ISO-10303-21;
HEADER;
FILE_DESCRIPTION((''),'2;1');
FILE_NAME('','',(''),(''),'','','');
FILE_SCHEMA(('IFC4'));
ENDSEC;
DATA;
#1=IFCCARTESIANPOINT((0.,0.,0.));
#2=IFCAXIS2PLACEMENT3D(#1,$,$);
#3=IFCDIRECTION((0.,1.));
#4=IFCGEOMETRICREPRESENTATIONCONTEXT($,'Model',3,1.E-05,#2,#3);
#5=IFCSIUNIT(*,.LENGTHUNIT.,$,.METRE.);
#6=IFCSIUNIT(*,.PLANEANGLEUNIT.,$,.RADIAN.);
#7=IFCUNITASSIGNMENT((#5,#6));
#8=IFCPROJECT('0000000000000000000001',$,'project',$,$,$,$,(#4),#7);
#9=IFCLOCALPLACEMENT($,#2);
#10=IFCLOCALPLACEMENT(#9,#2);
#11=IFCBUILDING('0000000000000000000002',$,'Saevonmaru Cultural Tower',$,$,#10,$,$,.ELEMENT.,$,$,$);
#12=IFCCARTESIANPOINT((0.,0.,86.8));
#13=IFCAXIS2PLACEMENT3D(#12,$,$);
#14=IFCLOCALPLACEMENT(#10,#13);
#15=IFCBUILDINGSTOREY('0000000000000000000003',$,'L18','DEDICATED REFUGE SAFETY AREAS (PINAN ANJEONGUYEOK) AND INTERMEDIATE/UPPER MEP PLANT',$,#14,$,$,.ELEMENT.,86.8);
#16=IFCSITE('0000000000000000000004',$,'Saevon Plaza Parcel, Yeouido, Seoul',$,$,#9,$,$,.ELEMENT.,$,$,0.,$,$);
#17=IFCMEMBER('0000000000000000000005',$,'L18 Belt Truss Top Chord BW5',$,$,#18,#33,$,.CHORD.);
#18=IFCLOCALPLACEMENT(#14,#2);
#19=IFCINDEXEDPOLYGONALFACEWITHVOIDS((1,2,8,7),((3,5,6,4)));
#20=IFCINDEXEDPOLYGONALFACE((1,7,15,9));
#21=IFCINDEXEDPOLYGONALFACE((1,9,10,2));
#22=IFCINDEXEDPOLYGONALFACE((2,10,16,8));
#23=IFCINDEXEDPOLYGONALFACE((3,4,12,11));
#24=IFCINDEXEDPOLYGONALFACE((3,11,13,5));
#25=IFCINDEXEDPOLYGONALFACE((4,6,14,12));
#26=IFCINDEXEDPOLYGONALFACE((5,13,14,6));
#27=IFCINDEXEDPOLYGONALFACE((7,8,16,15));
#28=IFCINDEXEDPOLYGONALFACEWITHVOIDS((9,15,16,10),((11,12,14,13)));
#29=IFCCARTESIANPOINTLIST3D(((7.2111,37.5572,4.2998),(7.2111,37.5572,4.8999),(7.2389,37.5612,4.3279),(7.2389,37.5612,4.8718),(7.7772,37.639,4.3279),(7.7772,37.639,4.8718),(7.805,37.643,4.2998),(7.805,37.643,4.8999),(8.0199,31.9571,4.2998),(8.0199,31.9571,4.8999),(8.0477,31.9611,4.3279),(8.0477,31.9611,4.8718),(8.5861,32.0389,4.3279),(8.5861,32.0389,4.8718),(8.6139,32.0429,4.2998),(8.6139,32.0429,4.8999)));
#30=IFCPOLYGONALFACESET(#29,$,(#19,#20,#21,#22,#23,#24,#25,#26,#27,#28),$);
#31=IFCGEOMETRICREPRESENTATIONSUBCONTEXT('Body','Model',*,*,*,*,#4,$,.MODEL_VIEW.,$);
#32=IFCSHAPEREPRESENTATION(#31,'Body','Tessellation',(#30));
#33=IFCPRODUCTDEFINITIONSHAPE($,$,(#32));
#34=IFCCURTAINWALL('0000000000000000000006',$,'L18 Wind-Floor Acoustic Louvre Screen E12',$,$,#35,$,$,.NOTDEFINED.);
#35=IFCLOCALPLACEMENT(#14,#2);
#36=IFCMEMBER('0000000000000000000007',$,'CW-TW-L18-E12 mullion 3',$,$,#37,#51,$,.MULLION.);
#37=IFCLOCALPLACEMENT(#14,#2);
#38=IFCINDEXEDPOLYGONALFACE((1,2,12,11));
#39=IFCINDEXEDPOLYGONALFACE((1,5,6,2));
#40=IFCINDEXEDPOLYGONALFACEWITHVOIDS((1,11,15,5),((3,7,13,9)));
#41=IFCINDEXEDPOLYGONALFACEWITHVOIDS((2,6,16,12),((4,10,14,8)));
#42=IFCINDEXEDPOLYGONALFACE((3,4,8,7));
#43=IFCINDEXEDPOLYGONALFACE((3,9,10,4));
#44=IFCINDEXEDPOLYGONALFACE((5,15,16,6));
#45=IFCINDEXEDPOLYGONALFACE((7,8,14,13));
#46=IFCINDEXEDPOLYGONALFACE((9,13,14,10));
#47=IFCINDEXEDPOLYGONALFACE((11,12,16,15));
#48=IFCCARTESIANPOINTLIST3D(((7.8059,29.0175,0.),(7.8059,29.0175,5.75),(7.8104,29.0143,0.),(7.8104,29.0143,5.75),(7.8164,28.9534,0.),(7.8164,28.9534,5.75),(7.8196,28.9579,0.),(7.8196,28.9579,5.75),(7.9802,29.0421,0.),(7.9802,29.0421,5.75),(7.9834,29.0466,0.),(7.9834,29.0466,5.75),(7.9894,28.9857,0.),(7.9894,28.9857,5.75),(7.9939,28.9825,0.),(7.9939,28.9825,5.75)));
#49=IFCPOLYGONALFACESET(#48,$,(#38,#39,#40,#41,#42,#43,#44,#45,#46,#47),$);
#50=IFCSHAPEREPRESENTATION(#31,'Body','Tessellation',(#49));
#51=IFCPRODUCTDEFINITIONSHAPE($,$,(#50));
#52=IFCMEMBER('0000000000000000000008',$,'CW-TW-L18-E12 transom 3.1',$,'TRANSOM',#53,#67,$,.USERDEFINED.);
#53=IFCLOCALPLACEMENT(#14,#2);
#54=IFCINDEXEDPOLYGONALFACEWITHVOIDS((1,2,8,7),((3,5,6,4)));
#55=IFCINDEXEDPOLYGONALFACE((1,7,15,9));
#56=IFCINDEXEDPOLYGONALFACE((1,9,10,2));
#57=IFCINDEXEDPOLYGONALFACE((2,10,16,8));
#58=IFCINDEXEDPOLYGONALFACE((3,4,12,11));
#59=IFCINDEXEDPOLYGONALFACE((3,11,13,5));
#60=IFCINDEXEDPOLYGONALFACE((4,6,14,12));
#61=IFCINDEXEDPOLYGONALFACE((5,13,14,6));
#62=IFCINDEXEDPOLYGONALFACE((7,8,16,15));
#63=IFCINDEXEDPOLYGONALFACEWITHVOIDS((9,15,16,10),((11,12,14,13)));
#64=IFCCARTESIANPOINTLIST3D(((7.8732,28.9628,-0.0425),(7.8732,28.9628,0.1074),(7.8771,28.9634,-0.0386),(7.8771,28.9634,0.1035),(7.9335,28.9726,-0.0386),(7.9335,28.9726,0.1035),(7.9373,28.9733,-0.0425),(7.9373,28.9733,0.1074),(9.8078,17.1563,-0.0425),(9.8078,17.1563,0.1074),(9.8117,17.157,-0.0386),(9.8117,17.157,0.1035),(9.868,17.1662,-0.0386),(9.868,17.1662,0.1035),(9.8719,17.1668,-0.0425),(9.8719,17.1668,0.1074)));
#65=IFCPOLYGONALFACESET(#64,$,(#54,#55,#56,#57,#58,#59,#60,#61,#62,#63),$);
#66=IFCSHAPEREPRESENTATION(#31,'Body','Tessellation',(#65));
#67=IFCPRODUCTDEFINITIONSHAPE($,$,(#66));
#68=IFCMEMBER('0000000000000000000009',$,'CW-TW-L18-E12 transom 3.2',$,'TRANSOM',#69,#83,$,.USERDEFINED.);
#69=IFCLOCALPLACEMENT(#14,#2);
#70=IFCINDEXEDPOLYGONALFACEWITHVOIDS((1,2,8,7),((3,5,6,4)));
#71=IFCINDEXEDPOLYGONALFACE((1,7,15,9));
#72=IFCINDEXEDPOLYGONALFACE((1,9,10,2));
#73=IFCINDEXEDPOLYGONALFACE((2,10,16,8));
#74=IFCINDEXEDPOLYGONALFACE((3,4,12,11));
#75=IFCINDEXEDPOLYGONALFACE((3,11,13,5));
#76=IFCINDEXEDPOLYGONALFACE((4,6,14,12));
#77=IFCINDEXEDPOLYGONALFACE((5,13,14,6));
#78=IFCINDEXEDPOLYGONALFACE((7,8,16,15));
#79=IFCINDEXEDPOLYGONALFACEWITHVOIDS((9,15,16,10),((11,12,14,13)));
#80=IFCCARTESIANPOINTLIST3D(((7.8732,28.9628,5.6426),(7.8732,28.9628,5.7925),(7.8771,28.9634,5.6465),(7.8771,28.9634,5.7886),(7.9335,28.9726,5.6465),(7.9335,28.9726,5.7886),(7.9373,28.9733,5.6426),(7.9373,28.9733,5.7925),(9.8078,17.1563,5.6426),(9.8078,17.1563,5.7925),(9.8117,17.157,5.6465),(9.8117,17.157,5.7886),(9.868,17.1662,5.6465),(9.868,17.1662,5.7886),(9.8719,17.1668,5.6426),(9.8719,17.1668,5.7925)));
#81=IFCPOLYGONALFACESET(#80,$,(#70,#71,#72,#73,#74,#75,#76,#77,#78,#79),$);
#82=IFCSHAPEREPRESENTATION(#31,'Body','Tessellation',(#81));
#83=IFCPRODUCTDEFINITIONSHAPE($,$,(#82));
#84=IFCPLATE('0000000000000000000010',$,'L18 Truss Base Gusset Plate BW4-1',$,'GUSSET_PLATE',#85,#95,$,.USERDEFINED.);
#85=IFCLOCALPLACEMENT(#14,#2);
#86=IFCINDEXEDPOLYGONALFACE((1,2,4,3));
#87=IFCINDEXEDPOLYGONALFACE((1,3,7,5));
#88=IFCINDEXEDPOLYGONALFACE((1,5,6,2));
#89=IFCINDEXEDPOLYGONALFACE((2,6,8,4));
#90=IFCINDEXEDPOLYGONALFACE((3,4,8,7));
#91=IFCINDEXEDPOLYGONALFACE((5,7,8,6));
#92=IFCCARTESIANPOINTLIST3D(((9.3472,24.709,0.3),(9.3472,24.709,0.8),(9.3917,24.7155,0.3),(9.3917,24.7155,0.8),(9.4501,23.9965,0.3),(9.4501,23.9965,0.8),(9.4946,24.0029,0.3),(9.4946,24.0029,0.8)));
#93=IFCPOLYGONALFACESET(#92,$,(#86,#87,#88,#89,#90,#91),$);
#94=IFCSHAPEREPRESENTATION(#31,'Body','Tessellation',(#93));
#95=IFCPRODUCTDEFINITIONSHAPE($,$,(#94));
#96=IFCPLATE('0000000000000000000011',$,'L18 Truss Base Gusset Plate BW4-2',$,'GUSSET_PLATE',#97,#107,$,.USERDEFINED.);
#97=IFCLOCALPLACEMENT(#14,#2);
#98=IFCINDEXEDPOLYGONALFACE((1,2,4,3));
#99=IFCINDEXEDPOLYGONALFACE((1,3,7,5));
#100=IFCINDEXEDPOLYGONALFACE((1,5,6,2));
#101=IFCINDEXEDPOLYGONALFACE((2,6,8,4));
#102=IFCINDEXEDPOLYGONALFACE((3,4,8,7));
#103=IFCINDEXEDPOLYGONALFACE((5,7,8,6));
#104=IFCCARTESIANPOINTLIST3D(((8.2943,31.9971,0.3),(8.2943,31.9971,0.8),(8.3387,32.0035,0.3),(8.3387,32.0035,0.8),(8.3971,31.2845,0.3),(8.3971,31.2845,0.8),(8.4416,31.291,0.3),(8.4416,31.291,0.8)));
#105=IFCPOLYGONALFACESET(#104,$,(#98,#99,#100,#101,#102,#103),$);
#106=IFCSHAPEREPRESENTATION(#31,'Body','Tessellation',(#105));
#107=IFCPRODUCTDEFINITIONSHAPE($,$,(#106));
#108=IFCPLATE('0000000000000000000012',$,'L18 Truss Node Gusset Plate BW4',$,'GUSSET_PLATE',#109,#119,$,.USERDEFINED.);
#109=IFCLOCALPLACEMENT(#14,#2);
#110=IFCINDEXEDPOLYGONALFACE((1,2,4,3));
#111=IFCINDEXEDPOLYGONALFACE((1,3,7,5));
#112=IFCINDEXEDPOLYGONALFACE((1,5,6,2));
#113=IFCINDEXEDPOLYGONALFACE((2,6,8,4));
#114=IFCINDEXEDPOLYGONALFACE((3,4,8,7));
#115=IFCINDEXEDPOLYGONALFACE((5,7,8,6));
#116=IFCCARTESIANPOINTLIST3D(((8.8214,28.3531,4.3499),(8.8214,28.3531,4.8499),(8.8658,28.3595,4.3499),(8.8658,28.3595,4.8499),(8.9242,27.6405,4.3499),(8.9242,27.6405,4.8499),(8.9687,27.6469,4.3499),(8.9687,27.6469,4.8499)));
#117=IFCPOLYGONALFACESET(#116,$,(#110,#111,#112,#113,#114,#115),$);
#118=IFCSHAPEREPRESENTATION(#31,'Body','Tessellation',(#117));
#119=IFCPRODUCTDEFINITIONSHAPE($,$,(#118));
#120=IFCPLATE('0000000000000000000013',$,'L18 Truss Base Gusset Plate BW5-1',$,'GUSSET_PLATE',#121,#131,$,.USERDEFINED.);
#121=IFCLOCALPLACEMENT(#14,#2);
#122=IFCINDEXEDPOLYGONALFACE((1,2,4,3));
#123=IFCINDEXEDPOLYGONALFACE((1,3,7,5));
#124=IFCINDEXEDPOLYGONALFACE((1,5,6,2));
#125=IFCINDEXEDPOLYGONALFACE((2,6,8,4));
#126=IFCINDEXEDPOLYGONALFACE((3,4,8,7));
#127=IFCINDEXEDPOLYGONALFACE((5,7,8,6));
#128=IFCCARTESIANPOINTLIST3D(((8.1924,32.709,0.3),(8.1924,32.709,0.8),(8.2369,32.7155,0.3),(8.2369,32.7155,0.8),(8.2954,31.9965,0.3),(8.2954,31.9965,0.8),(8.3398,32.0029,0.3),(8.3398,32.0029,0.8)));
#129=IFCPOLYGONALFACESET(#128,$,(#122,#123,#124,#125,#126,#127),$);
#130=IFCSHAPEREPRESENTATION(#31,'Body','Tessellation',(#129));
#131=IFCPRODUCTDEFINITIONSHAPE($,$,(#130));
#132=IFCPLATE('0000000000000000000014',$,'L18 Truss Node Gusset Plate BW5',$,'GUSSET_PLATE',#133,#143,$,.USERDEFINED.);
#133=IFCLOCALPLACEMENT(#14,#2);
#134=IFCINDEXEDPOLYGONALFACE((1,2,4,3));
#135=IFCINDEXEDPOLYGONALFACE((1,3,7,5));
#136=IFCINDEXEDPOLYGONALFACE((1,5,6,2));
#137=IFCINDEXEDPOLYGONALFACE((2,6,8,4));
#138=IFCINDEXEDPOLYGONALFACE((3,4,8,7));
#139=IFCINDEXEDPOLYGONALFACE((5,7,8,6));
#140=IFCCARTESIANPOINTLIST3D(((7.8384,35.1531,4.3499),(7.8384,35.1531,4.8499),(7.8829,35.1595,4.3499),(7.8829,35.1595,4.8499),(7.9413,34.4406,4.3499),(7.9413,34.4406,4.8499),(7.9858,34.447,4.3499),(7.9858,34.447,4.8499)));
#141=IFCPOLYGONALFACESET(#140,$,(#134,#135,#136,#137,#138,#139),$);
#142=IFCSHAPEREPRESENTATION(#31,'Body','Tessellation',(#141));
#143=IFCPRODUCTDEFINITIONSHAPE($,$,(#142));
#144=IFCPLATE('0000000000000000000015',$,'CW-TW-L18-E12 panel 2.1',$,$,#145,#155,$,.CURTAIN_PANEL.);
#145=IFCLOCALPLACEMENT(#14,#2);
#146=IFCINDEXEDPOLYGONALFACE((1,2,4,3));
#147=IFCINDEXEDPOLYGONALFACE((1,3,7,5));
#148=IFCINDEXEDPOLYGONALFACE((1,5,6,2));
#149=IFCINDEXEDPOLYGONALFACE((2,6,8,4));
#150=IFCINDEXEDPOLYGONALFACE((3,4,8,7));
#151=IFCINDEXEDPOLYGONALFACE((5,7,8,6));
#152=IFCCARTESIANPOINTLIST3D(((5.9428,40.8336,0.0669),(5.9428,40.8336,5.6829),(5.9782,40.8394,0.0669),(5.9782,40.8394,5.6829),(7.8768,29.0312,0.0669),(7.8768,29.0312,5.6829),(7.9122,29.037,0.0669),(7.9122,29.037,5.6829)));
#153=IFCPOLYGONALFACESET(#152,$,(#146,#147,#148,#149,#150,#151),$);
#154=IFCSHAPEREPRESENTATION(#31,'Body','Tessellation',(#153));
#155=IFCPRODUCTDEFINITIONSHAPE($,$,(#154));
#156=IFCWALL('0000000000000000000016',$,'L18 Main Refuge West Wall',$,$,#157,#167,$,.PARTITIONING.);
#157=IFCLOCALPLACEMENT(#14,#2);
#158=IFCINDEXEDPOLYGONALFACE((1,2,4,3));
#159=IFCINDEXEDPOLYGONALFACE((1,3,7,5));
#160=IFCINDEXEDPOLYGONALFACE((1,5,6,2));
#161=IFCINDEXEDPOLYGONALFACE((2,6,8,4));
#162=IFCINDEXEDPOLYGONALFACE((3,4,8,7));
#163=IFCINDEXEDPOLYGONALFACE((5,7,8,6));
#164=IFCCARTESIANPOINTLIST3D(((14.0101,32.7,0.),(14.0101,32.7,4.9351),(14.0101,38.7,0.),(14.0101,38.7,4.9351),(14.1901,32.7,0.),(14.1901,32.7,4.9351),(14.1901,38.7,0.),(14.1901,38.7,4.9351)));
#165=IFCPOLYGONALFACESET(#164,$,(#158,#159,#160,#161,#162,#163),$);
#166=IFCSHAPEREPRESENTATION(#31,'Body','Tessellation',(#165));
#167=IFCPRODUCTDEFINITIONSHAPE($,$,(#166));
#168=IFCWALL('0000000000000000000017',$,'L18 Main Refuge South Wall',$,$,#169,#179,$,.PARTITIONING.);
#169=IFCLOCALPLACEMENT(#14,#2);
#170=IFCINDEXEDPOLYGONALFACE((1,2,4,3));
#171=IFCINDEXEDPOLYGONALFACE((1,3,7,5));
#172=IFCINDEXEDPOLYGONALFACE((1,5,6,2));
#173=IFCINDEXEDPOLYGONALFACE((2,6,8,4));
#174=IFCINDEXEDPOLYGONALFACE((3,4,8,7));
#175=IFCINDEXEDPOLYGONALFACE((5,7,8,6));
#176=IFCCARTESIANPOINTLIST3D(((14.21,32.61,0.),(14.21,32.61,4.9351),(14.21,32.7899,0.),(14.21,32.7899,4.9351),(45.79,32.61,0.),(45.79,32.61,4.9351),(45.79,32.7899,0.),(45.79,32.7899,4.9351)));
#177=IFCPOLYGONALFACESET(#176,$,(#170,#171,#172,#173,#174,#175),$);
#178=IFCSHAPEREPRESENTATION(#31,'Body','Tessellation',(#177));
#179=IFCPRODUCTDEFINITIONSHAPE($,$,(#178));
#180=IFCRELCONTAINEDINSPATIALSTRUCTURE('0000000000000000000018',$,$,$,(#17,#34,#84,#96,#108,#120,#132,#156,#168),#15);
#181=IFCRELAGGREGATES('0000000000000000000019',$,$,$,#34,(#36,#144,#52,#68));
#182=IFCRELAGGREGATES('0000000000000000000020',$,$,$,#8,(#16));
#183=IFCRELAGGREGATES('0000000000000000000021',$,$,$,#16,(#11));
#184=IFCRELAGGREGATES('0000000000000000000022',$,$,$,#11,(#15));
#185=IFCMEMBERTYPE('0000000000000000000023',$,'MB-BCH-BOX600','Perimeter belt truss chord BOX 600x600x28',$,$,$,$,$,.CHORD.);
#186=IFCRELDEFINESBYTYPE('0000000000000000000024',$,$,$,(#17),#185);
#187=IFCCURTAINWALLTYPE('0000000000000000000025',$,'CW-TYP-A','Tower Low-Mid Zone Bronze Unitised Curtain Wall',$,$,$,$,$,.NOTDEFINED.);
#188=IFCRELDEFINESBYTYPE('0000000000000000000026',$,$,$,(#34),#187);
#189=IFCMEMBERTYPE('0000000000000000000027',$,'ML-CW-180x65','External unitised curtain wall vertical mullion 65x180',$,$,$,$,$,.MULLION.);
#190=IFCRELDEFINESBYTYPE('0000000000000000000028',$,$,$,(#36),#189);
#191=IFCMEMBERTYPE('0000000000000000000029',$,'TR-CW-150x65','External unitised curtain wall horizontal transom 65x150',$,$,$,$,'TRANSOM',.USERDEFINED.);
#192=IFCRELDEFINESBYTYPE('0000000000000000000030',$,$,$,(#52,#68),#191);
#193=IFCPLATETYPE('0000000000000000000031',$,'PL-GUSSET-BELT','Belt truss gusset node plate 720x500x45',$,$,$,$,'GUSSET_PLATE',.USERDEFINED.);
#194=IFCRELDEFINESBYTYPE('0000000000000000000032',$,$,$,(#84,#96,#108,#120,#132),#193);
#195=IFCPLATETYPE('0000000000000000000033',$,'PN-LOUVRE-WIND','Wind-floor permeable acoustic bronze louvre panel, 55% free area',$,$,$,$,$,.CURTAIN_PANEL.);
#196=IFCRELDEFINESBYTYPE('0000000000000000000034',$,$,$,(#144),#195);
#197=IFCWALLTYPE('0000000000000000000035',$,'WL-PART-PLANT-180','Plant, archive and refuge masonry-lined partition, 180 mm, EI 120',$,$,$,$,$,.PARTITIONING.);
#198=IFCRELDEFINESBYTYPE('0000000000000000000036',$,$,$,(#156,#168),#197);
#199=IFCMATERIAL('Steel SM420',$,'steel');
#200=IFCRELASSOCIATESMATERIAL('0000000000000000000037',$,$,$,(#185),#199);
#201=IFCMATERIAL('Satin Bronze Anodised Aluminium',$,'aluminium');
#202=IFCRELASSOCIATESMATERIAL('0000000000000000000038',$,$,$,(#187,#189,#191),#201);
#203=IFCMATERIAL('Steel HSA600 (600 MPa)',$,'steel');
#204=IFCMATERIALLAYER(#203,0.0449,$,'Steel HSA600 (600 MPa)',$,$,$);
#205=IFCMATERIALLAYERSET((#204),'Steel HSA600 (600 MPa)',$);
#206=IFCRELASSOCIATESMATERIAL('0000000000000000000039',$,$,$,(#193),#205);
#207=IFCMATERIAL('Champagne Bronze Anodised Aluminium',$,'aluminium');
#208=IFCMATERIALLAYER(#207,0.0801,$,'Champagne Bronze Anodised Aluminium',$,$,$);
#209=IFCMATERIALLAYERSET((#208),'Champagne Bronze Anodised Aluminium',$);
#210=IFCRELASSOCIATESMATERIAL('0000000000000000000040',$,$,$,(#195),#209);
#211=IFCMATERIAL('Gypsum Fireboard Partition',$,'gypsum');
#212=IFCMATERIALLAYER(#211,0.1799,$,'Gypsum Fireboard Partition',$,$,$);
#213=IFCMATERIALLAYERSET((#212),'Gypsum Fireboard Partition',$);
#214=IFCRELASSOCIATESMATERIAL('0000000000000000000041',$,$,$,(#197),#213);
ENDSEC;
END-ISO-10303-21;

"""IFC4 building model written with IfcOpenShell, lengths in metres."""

from ifc_helpers import new_model, si_unit, direction, frame, frame_2d, origin, origin_2d, place, context, subcontext, project, spatial, rectangle, hollow_rectangle, extrude, material, layer, layer_set, material_profile, profile_set, type_object, element, aggregate, save


model = new_model("IFC4")

# Units and contexts
model_context = context("Model", 3, precision=1e-05, world=origin(), true_north=direction((0.0, 1.0)))
body_context = subcontext(model_context, "Body", "Model", "MODEL_VIEW")
ifc_project = project(units=[si_unit("LENGTHUNIT", "METRE"), si_unit("PLANEANGLEUNIT", "RADIAN")], contexts=[model_context])

# Site, building, storey
site_placement = place(None, origin())
site = spatial("IfcSite", under=ifc_project, at=site_placement, Name="Saevon Plaza Parcel, Yeouido, Seoul", CompositionType="ELEMENT", RefElevation=0.0)
building_placement = place(site_placement, origin())
building = spatial("IfcBuilding", under=site, at=building_placement, Name="Saevonmaru Cultural Tower", CompositionType="ELEMENT")
storey_placement = place(building_placement, frame((0.0, 0.0, 86.8)))
storey = spatial("IfcBuildingStorey", under=building, at=storey_placement, Name="L18", Description="DEDICATED REFUGE SAFETY AREAS (PINAN ANJEONGUYEOK) AND INTERMEDIATE/UPPER MEP PLANT", CompositionType="ELEMENT", Elevation=86.8)

# Shared definitions
ifc_material_1 = material(Name="Steel HSA600 (600 MPa)", Category="steel")
ifc_material_2 = material(Name="Steel SM420", Category="steel")

# Member
ifc_material_profile_1 = material_profile(ifc_material_2, hollow_rectangle(XDim=0.6001, YDim=0.6001, WallThickness=0.0281, at=origin_2d()), Name="BOX-600x600x28")
ifc_profile_set_1 = profile_set([ifc_material_profile_1], Name="Steel SM420")
member_type_1 = type_object("IfcMemberType", Name="MB-BCH-BOX600", Description="Perimeter belt truss chord BOX 600x600x28", PredefinedType="CHORD", material=ifc_profile_set_1)
for number, where, z_axis, x_axis, name in (
    (1, (8.3169, 32.0, 4.5999), (-0.142949, 0.98973, 0.0), (-0.98973, -0.142949, 0.0), "L18 Belt Truss Top Chord BW5"),
):
    element("IfcMember", number, at=place(storey_placement, frame(where, z_axis=z_axis, x_axis=x_axis)), inside=storey, type_object=member_type_1, Name=name, PredefinedType="CHORD", context=body_context, shape_type="SweptSolid", body=[
        extrude(hollow_rectangle(XDim=0.6001, YDim=0.6001, WallThickness=0.0281, at=origin_2d()), origin(), (0.0, 0.0, 1.0), 5.6582),
    ])

# Curtain wall, members
ifc_material_3 = material(Name="Satin Bronze Anodised Aluminium", Category="aluminium")
curtain_wall_type = type_object("IfcCurtainWallType", Name="CW-TYP-A", Description="Tower Low-Mid Zone Bronze Unitised Curtain Wall", PredefinedType="NOTDEFINED", material=ifc_material_3)
curtain_wall_placement = place(storey_placement, origin())
curtain_wall = element("IfcCurtainWall", 2, at=curtain_wall_placement, inside=storey, type_object=curtain_wall_type, Name="L18 Wind-Floor Acoustic Louvre Screen E12", PredefinedType="NOTDEFINED")
ifc_material_profile_2 = material_profile(ifc_material_3, hollow_rectangle(XDim=0.0649, YDim=0.1799, WallThickness=0.0039, at=origin_2d()), Name="ALU-MULL-180x65x4")
ifc_profile_set_2 = profile_set([ifc_material_profile_2], Name="Satin Bronze Anodised Aluminium")
member_type_2 = type_object("IfcMemberType", Name="ML-CW-180x65", Description="External unitised curtain wall vertical mullion 65x180", PredefinedType="MULLION", material=ifc_profile_set_2)
member_1_placement = place(storey_placement, frame((7.8999, 29.0, 0.0), z_axis=(0.0, 0.0, 1.0), x_axis=(0.161709, -0.986839, 0.0)))
member_1 = element("IfcMember", 3, at=member_1_placement, type_object=member_type_2, Name="CW-TW-L18-E12 mullion 3", PredefinedType="MULLION", context=body_context, shape_type="SweptSolid", body=[
    extrude(hollow_rectangle(XDim=0.0649, YDim=0.1799, WallThickness=0.0039, at=origin_2d()), origin(), (0.0, 0.0, 1.0), 5.75),
])
ifc_material_profile_3 = material_profile(ifc_material_3, hollow_rectangle(XDim=0.0649, YDim=0.1499, WallThickness=0.0039, at=origin_2d()), Name="ALU-TRAN-150x65x4")
ifc_profile_set_3 = profile_set([ifc_material_profile_3], Name="Satin Bronze Anodised Aluminium")
member_type_3 = type_object("IfcMemberType", Name="TR-CW-150x65", Description="External unitised curtain wall horizontal transom 65x150", ElementType="TRANSOM", PredefinedType="USERDEFINED", material=ifc_profile_set_3)
member_2_placement = place(storey_placement, frame((7.9053, 28.968, 0.0325), z_axis=(0.161701, -0.98684, 0.0), x_axis=(0.98684, 0.161701, 0.0)))
member_2 = element("IfcMember", 4, at=member_2_placement, type_object=member_type_3, Name="CW-TW-L18-E12 transom 3.1", ObjectType="TRANSOM", PredefinedType="USERDEFINED", context=body_context, shape_type="SweptSolid", body=[
    extrude(hollow_rectangle(XDim=0.0649, YDim=0.1499, WallThickness=0.0039, at=origin_2d()), origin(), (0.0, 0.0, 1.0), 11.9639),
])
member_3_placement = place(storey_placement, frame((7.9053, 28.968, 5.7175), z_axis=(0.161701, -0.98684, 0.0), x_axis=(0.98684, 0.161701, 0.0)))
member_3 = element("IfcMember", 5, at=member_3_placement, type_object=member_type_3, Name="CW-TW-L18-E12 transom 3.2", ObjectType="TRANSOM", PredefinedType="USERDEFINED", context=body_context, shape_type="SweptSolid", body=[
    extrude(hollow_rectangle(XDim=0.0649, YDim=0.1499, WallThickness=0.0039, at=origin_2d()), origin(), (0.0, 0.0, 1.0), 11.9639),
])

# Plates
ifc_layer_1 = layer(ifc_material_1, 0.0449, Name="Steel HSA600 (600 MPa)")
ifc_layer_set_1 = layer_set([ifc_layer_1], Name="Steel HSA600 (600 MPa)")
plate_type_1 = type_object("IfcPlateType", Name="PL-GUSSET-BELT", Description="Belt truss gusset node plate 720x500x45", ElementType="GUSSET_PLATE", PredefinedType="USERDEFINED", material=ifc_layer_set_1)
for number, where, z_axis, x_axis, name in (
    (6, (9.4209, 24.356, 0.3), (0.0, 0.0, 1.0), (-0.142888, 0.989739, 0.0), "L18 Truss Base Gusset Plate BW4-1"),
    (7, (8.3679, 31.644, 0.3), (0.0, 0.0, 1.0), (-0.142888, 0.989739, 0.0), "L18 Truss Base Gusset Plate BW4-2"),
    (8, (8.895, 28.0, 4.3499), (0.0, 0.0, 1.0), (-0.142888, 0.989739, 0.0), "L18 Truss Node Gusset Plate BW4"),
    (9, (8.2661, 32.356, 0.3), (0.0, 0.0, 1.0), (-0.142974, 0.989726, 0.0), "L18 Truss Base Gusset Plate BW5-1"),
    (10, (7.9121, 34.8, 4.3499), (0.0, 0.0, 1.0), (-0.142974, 0.989726, 0.0), "L18 Truss Node Gusset Plate BW5"),
):
    element("IfcPlate", number, at=place(storey_placement, frame(where, z_axis=z_axis, x_axis=x_axis)), inside=storey, type_object=plate_type_1, Name=name, ObjectType="GUSSET_PLATE", PredefinedType="USERDEFINED", context=body_context, shape_type="SweptSolid", body=[
        extrude(rectangle(XDim=0.72, YDim=0.0449, at=origin_2d()), origin(), (0.0, 0.0, 1.0), 0.5),
    ])

# Plate
ifc_material_4 = material(Name="Champagne Bronze Anodised Aluminium", Category="aluminium")
ifc_layer_2 = layer(ifc_material_4, 0.0801, Name="Champagne Bronze Anodised Aluminium")
ifc_layer_set_2 = layer_set([ifc_layer_2], Name="Champagne Bronze Anodised Aluminium")
plate_type_2 = type_object("IfcPlateType", Name="PN-LOUVRE-WIND", Description="Wind-floor permeable acoustic bronze louvre panel, 55% free area", PredefinedType="CURTAIN_PANEL", material=ifc_layer_set_2)
plate_placement = place(storey_placement, frame((6.9275, 34.9353, 0.0669), z_axis=(0.0, 0.0, 1.0), x_axis=(0.161709, -0.986839, 0.0)))
plate = element("IfcPlate", 11, at=plate_placement, type_object=plate_type_2, Name="CW-TW-L18-E12 panel 2.1", PredefinedType="CURTAIN_PANEL", context=body_context, shape_type="SweptSolid", body=[
    extrude(rectangle(XDim=11.9597, YDim=0.0359, at=origin_2d()), origin(), (0.0, 0.0, 1.0), 5.616),
])
aggregate(curtain_wall, [member_1, plate, member_2, member_3])

# Walls
ifc_material_5 = material(Name="Gypsum Fireboard Partition", Category="gypsum")
ifc_layer_3 = layer(ifc_material_5, 0.1799, Name="Gypsum Fireboard Partition")
ifc_layer_set_3 = layer_set([ifc_layer_3], Name="Gypsum Fireboard Partition")
wall_type = type_object("IfcWallType", Name="WL-PART-PLANT-180", Description="Plant, archive and refuge masonry-lined partition, 180 mm, EI 120", PredefinedType="PARTITIONING", material=ifc_layer_set_3)
wall_1_placement = place(storey_placement, frame((14.1001, 32.7, 0.0), z_axis=(0.0, 0.0, 1.0), x_axis=(0.0, 1.0, 0.0)))
element("IfcWall", 12, at=wall_1_placement, inside=storey, type_object=wall_type, Name="L18 Main Refuge West Wall", PredefinedType="PARTITIONING", context=body_context, shape_type="SweptSolid", body=[
    extrude(rectangle(XDim=6.0, YDim=0.1799, at=frame_2d((3.0, 0.0))), origin(), (0.0, 0.0, 1.0), 4.9351),
])
wall_2_placement = place(storey_placement, frame((14.21, 32.7, 0.0), z_axis=(0.0, 0.0, 1.0), x_axis=(1.0, 0.0, 0.0)))
element("IfcWall", 13, at=wall_2_placement, inside=storey, type_object=wall_type, Name="L18 Main Refuge South Wall", PredefinedType="PARTITIONING", context=body_context, shape_type="SweptSolid", body=[
    extrude(rectangle(XDim=31.5801, YDim=0.1799, at=frame_2d((15.79, 0.0))), origin(), (0.0, 0.0, 1.0), 4.9351),
])

save(model, "model.ifc")
